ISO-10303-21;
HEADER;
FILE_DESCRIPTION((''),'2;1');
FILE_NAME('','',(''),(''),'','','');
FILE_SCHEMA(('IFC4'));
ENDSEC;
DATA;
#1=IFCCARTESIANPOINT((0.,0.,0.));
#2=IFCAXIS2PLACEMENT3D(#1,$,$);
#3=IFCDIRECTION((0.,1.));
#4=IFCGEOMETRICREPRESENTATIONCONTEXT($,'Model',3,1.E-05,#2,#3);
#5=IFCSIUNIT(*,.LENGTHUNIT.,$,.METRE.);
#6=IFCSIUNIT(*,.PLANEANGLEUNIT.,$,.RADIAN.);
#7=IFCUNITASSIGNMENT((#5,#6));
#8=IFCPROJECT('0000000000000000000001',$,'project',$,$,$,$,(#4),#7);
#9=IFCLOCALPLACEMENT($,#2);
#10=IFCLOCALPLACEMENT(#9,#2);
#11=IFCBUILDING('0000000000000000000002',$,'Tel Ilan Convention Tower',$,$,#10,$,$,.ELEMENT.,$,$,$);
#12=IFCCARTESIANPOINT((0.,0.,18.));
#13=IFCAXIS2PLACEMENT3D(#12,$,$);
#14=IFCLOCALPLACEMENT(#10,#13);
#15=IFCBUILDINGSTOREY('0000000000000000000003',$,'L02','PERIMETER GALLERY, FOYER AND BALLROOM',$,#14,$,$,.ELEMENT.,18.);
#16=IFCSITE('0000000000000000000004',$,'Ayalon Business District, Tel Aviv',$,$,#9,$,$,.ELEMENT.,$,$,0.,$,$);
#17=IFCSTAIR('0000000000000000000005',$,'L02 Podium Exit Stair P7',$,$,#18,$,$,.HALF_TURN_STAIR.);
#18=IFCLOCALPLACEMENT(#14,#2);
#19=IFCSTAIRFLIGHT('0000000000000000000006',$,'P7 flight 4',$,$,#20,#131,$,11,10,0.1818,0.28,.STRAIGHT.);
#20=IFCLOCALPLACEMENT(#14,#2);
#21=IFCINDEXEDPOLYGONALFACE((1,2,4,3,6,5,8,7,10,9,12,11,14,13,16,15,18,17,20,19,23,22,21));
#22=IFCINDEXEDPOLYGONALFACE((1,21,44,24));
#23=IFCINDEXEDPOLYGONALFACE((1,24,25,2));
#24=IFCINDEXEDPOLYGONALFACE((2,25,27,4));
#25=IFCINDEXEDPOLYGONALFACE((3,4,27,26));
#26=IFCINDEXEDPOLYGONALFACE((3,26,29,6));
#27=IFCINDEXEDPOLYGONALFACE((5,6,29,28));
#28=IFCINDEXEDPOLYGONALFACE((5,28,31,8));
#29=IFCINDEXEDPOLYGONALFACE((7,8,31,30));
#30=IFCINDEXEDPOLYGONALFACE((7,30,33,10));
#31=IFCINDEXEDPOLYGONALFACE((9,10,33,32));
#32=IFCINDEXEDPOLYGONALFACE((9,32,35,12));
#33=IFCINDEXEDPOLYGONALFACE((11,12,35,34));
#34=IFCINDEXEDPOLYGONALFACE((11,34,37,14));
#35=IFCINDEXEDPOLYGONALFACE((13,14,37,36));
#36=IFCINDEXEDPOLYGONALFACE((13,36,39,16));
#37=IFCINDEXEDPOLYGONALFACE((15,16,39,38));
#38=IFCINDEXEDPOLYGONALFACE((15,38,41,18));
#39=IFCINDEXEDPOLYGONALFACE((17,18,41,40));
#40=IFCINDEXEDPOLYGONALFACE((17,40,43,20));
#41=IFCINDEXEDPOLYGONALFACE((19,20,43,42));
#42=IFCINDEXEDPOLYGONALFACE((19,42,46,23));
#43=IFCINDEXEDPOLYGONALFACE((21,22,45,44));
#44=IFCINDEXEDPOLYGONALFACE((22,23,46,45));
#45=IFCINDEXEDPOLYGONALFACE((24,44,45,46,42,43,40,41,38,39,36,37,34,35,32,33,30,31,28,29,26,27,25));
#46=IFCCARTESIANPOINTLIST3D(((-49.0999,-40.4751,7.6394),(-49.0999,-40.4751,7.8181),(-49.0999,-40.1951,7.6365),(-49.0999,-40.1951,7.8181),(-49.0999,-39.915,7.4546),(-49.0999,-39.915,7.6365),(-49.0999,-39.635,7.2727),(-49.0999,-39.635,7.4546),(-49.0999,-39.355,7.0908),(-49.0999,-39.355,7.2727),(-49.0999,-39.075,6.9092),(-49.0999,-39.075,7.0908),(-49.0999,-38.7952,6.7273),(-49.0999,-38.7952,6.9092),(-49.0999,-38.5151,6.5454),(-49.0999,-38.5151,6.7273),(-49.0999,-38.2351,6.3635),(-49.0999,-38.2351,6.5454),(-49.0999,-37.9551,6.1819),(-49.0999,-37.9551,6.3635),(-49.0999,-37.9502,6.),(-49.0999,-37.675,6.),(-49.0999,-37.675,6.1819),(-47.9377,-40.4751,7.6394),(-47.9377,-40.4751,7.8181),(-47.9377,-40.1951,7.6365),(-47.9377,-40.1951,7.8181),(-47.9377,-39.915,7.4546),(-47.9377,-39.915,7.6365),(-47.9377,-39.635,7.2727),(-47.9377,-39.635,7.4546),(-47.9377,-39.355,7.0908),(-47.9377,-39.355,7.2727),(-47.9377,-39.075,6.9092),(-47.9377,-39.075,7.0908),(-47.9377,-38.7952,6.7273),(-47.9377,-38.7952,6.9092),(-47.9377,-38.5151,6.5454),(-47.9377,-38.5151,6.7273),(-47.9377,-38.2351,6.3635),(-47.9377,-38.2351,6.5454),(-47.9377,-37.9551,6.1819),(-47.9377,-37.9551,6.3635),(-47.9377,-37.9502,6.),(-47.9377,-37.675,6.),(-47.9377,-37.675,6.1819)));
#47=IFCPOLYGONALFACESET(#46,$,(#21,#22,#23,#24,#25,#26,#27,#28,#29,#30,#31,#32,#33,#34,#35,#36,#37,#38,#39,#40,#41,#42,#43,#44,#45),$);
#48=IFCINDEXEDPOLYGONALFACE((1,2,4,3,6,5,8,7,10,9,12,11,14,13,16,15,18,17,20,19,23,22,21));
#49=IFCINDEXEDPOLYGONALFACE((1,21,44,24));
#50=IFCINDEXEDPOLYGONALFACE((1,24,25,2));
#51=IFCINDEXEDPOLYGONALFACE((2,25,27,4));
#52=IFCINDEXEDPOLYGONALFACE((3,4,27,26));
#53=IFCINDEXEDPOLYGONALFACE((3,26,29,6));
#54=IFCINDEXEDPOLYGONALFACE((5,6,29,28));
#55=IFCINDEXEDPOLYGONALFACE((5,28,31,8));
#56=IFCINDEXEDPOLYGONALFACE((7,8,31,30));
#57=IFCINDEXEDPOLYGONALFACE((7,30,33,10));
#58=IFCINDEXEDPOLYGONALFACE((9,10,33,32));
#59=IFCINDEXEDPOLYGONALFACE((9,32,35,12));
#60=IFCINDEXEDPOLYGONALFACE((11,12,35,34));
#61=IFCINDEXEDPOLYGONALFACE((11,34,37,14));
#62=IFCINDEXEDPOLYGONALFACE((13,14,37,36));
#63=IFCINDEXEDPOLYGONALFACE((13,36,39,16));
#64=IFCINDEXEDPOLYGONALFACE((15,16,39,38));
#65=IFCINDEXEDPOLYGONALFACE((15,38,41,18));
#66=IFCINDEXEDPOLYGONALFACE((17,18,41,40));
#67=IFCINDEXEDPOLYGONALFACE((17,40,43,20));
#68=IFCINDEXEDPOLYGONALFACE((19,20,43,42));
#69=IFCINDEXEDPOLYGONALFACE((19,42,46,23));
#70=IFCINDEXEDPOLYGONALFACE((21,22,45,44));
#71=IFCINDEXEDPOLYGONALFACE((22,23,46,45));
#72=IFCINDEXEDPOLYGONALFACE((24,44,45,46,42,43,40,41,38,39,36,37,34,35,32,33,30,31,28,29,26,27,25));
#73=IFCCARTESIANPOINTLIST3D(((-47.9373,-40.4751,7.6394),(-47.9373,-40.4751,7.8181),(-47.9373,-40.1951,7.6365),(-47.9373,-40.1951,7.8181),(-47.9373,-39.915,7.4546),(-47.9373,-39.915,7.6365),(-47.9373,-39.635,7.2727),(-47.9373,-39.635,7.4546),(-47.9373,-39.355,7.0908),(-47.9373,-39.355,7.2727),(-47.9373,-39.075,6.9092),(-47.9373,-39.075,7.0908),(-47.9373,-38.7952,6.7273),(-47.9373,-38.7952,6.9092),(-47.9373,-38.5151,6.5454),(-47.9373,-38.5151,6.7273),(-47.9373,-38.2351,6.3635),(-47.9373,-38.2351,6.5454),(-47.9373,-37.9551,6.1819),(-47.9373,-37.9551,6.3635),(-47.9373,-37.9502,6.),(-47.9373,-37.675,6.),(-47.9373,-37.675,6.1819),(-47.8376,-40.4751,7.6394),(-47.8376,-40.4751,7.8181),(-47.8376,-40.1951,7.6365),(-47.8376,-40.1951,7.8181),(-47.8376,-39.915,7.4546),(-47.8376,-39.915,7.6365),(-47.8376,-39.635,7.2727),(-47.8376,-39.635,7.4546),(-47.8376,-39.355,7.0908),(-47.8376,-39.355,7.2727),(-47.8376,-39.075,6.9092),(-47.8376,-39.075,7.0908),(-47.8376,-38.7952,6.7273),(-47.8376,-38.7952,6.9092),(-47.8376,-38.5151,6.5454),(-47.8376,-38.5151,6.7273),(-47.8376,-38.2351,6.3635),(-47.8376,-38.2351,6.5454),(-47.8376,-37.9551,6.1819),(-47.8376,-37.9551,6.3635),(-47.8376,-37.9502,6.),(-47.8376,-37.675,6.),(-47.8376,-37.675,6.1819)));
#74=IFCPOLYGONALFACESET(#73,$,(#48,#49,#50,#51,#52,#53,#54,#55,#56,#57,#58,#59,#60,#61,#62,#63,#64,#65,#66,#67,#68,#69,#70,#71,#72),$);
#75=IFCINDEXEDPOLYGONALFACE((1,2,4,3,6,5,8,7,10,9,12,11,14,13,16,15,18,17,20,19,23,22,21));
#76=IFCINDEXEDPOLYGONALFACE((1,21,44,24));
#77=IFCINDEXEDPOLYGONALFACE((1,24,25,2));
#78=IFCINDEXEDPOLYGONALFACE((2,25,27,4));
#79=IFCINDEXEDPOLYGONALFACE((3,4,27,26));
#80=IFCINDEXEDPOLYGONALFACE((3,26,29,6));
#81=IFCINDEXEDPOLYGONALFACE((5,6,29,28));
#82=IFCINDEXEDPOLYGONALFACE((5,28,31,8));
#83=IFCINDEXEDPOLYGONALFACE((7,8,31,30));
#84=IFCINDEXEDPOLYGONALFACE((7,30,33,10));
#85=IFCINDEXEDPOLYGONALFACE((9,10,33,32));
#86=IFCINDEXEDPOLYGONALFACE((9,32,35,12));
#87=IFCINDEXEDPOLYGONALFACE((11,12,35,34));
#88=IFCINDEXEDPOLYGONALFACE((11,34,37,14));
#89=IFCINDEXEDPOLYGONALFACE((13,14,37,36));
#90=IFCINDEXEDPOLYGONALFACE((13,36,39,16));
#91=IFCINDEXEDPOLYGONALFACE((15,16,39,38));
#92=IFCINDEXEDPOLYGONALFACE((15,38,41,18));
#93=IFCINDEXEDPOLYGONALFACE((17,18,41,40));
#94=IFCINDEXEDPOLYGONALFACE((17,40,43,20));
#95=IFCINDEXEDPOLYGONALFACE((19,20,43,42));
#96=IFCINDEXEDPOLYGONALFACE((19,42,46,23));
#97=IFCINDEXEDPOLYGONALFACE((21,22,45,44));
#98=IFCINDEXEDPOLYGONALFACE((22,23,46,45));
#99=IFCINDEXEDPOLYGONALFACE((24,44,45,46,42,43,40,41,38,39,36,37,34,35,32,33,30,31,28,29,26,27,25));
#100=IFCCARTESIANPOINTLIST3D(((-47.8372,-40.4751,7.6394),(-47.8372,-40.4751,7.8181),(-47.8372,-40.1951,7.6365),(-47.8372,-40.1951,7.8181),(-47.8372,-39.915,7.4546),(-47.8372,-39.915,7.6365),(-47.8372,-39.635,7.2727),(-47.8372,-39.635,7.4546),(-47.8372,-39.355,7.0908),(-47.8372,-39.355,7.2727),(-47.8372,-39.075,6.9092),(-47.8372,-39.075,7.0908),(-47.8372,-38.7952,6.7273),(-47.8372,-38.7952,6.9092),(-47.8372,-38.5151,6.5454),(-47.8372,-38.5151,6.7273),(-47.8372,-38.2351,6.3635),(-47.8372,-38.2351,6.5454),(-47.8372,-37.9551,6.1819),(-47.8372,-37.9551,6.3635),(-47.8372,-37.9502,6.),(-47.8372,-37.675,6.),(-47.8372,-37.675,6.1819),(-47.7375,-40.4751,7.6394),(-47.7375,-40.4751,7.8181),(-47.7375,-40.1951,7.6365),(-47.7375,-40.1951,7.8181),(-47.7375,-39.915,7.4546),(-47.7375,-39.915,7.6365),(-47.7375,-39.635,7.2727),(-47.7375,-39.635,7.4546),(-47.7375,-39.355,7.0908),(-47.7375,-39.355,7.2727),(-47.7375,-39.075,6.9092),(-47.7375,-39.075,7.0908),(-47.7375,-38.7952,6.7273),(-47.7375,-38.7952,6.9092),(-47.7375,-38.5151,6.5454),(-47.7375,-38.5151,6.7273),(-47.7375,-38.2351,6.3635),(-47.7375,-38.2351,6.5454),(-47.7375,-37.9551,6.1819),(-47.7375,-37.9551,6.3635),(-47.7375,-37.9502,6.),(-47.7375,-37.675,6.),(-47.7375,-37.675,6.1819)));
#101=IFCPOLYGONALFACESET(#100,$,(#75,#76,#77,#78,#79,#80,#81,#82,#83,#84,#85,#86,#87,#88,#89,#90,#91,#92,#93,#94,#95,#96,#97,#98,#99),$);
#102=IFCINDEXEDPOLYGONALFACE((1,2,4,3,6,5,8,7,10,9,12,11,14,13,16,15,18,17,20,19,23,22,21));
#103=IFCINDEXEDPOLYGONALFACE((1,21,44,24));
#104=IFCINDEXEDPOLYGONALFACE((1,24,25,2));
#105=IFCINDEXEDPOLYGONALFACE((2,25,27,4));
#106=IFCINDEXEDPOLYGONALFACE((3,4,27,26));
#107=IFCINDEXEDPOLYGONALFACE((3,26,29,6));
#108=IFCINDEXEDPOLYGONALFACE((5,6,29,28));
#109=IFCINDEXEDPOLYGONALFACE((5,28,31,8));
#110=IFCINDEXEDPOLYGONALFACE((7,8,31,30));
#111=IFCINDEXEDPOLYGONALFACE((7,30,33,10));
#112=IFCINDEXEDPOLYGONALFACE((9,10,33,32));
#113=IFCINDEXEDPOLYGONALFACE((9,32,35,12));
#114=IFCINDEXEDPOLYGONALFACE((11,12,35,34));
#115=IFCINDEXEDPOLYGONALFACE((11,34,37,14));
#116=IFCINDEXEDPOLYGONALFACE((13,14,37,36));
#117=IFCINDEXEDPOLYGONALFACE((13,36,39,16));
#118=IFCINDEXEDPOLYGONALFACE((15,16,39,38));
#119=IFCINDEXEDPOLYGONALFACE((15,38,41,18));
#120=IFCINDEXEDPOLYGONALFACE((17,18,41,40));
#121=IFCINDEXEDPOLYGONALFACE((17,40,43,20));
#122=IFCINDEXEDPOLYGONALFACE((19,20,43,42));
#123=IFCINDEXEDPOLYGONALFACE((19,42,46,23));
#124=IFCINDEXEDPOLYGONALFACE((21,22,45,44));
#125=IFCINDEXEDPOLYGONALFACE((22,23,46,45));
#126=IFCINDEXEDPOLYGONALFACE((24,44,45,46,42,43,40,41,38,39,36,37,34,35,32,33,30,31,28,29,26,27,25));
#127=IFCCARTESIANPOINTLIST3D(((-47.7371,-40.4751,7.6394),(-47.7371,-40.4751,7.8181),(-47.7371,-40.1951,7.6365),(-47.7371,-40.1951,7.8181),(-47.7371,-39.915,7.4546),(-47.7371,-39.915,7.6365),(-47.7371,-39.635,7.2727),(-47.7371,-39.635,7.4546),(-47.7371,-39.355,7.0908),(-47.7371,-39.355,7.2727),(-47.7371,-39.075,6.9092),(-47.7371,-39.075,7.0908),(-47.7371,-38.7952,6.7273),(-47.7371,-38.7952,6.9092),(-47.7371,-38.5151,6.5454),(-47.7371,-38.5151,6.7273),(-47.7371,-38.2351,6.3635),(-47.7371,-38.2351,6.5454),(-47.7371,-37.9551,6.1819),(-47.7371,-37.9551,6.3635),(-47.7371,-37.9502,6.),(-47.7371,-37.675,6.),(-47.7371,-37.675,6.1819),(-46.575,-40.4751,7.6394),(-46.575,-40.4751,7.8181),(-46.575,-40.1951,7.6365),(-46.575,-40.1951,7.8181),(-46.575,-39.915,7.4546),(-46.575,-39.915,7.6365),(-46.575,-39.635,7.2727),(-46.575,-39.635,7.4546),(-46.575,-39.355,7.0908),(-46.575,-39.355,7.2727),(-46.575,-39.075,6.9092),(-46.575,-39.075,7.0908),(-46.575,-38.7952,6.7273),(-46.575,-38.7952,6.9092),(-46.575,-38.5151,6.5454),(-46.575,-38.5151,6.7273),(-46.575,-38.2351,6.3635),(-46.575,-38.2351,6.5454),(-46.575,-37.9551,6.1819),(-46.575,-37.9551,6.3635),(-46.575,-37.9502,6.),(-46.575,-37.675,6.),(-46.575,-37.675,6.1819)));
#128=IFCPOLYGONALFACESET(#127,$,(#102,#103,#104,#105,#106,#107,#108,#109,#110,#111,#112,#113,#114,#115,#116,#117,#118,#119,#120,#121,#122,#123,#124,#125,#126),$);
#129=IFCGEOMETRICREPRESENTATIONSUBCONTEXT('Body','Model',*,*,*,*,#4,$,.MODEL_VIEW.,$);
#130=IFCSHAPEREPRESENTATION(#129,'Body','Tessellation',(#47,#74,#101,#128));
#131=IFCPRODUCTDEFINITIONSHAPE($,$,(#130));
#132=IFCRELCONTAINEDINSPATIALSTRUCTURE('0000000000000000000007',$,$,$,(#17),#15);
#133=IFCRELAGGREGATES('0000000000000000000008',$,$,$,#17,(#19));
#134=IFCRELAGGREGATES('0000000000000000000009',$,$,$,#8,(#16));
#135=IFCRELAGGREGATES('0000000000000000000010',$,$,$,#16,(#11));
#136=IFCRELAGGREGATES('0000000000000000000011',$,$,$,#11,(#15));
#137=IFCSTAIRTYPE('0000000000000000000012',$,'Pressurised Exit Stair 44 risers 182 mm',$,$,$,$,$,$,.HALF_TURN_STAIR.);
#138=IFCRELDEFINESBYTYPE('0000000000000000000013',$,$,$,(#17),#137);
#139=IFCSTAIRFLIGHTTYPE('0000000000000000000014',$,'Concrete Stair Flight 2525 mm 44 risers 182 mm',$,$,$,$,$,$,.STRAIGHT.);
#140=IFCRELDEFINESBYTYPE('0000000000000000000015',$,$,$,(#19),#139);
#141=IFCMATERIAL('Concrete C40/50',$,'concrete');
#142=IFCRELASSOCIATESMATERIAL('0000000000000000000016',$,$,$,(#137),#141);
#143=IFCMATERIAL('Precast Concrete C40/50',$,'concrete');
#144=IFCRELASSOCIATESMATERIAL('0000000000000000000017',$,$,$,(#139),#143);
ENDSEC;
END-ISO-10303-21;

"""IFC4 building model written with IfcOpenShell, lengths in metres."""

from ifc_helpers import new_model, si_unit, direction, frame, origin, place, context, subcontext, project, spatial, polyline, outline, extrude, material, type_object, element, aggregate, save


model = new_model("IFC4")

# Units and contexts
model_context = context("Model", 3, precision=1e-05, world=origin(), true_north=direction((0.0, 1.0)))
body_context = subcontext(model_context, "Body", "Model", "MODEL_VIEW")
ifc_project = project(units=[si_unit("LENGTHUNIT", "METRE"), si_unit("PLANEANGLEUNIT", "RADIAN")], contexts=[model_context])

# Site, building, storey
site_placement = place(None, origin())
site = spatial("IfcSite", under=ifc_project, at=site_placement, Name="Ayalon Business District, Tel Aviv", CompositionType="ELEMENT", RefElevation=0.0)
building_placement = place(site_placement, origin())
building = spatial("IfcBuilding", under=site, at=building_placement, Name="Tel Ilan Convention Tower", CompositionType="ELEMENT")
storey_placement = place(building_placement, frame((0.0, 0.0, 18.0)))
storey = spatial("IfcBuildingStorey", under=building, at=storey_placement, Name="L02", Description="PERIMETER GALLERY, FOYER AND BALLROOM", CompositionType="ELEMENT", Elevation=18.0)

# Stair, stair flight
ifc_material_1 = material(Name="Concrete C40/50", Category="concrete")
stair_type = type_object("IfcStairType", Name="Pressurised Exit Stair 44 risers 182 mm", PredefinedType="HALF_TURN_STAIR", material=ifc_material_1)
stair_placement = place(storey_placement, origin())
stair = element("IfcStair", 1, at=stair_placement, inside=storey, type_object=stair_type, Name="L02 Podium Exit Stair P7", PredefinedType="HALF_TURN_STAIR")
ifc_material_2 = material(Name="Precast Concrete C40/50", Category="concrete")
stair_flight_type = type_object("IfcStairFlightType", Name="Concrete Stair Flight 2525 mm 44 risers 182 mm", PredefinedType="STRAIGHT", material=ifc_material_2)
stair_flight_1_placement = place(storey_placement, frame((-47.8374, -37.675, 6.0), z_axis=(0.0, 0.0, 1.0), x_axis=(0.0, -1.0, 0.0)))
stair_flight_1 = element("IfcStairFlight", 2, at=stair_flight_1_placement, type_object=stair_flight_type, Name="P7 flight 4", NumberOfRisers=11, NumberOfTreads=10, PredefinedType="STRAIGHT", RiserHeight=0.1818, TreadLength=0.28, context=body_context, shape_type="SweptSolid", body=[
    extrude(outline(polyline([(0.0, 0.0), (0.0, 0.1819), (0.28, 0.1819), (0.28, 0.3635), (0.5601, 0.3635), (0.5601, 0.5454), (0.8401, 0.5454), (0.8401, 0.7273), (1.1201, 0.7273), (1.1201, 0.9092), (1.3999, 0.9092), (1.3999, 1.0908), (1.6799, 1.0908), (1.6799, 1.2727), (1.96, 1.2727), (1.96, 1.4546), (2.24, 1.4546), (2.24, 1.6365), (2.52, 1.6365), (2.52, 1.8181), (2.8, 1.8181), (2.8, 2.0), (2.8, 1.6394), (0.2751, 0.0), (0.0, 0.0)])), frame((0.0, -0.1003, 0.0), z_axis=(0.0, -1.0, 0.0), x_axis=(1.0, 0.0, 0.0)), (0.0, 0.0, 1.0), 1.1621),
    extrude(outline(polyline([(0.0, 0.0), (0.0, 0.1819), (0.28, 0.1819), (0.28, 0.3635), (0.5601, 0.3635), (0.5601, 0.5454), (0.8401, 0.5454), (0.8401, 0.7273), (1.1201, 0.7273), (1.1201, 0.9092), (1.3999, 0.9092), (1.3999, 1.0908), (1.6799, 1.0908), (1.6799, 1.2727), (1.96, 1.2727), (1.96, 1.4546), (2.24, 1.4546), (2.24, 1.6365), (2.52, 1.6365), (2.52, 1.8181), (2.8, 1.8181), (2.8, 2.0), (2.8, 1.6394), (0.2751, 0.0), (0.0, 0.0)])), frame((0.0, -0.0002, 0.0), z_axis=(0.0, -1.0, 0.0), x_axis=(1.0, 0.0, 0.0)), (0.0, 0.0, 1.0), 0.0996),
    extrude(outline(polyline([(0.0, 0.0), (0.0, 0.1819), (0.28, 0.1819), (0.28, 0.3635), (0.5601, 0.3635), (0.5601, 0.5454), (0.8401, 0.5454), (0.8401, 0.7273), (1.1201, 0.7273), (1.1201, 0.9092), (1.3999, 0.9092), (1.3999, 1.0908), (1.6799, 1.0908), (1.6799, 1.2727), (1.96, 1.2727), (1.96, 1.4546), (2.24, 1.4546), (2.24, 1.6365), (2.52, 1.6365), (2.52, 1.8181), (2.8, 1.8181), (2.8, 2.0), (2.8, 1.6394), (0.2751, 0.0), (0.0, 0.0)])), frame((0.0, 0.0999, 0.0), z_axis=(0.0, -1.0, 0.0), x_axis=(1.0, 0.0, 0.0)), (0.0, 0.0, 1.0), 0.0996),
    extrude(outline(polyline([(0.0, 0.0), (0.0, 0.1819), (0.28, 0.1819), (0.28, 0.3635), (0.5601, 0.3635), (0.5601, 0.5454), (0.8401, 0.5454), (0.8401, 0.7273), (1.1201, 0.7273), (1.1201, 0.9092), (1.3999, 0.9092), (1.3999, 1.0908), (1.6799, 1.0908), (1.6799, 1.2727), (1.96, 1.2727), (1.96, 1.4546), (2.24, 1.4546), (2.24, 1.6365), (2.52, 1.6365), (2.52, 1.8181), (2.8, 1.8181), (2.8, 2.0), (2.8, 1.6394), (0.2751, 0.0), (0.0, 0.0)])), frame((0.0, 1.2625, 0.0), z_axis=(0.0, -1.0, 0.0), x_axis=(1.0, 0.0, 0.0)), (0.0, 0.0, 1.0), 1.1621),
])
aggregate(stair, [stair_flight_1])

save(model, "model.ifc")
